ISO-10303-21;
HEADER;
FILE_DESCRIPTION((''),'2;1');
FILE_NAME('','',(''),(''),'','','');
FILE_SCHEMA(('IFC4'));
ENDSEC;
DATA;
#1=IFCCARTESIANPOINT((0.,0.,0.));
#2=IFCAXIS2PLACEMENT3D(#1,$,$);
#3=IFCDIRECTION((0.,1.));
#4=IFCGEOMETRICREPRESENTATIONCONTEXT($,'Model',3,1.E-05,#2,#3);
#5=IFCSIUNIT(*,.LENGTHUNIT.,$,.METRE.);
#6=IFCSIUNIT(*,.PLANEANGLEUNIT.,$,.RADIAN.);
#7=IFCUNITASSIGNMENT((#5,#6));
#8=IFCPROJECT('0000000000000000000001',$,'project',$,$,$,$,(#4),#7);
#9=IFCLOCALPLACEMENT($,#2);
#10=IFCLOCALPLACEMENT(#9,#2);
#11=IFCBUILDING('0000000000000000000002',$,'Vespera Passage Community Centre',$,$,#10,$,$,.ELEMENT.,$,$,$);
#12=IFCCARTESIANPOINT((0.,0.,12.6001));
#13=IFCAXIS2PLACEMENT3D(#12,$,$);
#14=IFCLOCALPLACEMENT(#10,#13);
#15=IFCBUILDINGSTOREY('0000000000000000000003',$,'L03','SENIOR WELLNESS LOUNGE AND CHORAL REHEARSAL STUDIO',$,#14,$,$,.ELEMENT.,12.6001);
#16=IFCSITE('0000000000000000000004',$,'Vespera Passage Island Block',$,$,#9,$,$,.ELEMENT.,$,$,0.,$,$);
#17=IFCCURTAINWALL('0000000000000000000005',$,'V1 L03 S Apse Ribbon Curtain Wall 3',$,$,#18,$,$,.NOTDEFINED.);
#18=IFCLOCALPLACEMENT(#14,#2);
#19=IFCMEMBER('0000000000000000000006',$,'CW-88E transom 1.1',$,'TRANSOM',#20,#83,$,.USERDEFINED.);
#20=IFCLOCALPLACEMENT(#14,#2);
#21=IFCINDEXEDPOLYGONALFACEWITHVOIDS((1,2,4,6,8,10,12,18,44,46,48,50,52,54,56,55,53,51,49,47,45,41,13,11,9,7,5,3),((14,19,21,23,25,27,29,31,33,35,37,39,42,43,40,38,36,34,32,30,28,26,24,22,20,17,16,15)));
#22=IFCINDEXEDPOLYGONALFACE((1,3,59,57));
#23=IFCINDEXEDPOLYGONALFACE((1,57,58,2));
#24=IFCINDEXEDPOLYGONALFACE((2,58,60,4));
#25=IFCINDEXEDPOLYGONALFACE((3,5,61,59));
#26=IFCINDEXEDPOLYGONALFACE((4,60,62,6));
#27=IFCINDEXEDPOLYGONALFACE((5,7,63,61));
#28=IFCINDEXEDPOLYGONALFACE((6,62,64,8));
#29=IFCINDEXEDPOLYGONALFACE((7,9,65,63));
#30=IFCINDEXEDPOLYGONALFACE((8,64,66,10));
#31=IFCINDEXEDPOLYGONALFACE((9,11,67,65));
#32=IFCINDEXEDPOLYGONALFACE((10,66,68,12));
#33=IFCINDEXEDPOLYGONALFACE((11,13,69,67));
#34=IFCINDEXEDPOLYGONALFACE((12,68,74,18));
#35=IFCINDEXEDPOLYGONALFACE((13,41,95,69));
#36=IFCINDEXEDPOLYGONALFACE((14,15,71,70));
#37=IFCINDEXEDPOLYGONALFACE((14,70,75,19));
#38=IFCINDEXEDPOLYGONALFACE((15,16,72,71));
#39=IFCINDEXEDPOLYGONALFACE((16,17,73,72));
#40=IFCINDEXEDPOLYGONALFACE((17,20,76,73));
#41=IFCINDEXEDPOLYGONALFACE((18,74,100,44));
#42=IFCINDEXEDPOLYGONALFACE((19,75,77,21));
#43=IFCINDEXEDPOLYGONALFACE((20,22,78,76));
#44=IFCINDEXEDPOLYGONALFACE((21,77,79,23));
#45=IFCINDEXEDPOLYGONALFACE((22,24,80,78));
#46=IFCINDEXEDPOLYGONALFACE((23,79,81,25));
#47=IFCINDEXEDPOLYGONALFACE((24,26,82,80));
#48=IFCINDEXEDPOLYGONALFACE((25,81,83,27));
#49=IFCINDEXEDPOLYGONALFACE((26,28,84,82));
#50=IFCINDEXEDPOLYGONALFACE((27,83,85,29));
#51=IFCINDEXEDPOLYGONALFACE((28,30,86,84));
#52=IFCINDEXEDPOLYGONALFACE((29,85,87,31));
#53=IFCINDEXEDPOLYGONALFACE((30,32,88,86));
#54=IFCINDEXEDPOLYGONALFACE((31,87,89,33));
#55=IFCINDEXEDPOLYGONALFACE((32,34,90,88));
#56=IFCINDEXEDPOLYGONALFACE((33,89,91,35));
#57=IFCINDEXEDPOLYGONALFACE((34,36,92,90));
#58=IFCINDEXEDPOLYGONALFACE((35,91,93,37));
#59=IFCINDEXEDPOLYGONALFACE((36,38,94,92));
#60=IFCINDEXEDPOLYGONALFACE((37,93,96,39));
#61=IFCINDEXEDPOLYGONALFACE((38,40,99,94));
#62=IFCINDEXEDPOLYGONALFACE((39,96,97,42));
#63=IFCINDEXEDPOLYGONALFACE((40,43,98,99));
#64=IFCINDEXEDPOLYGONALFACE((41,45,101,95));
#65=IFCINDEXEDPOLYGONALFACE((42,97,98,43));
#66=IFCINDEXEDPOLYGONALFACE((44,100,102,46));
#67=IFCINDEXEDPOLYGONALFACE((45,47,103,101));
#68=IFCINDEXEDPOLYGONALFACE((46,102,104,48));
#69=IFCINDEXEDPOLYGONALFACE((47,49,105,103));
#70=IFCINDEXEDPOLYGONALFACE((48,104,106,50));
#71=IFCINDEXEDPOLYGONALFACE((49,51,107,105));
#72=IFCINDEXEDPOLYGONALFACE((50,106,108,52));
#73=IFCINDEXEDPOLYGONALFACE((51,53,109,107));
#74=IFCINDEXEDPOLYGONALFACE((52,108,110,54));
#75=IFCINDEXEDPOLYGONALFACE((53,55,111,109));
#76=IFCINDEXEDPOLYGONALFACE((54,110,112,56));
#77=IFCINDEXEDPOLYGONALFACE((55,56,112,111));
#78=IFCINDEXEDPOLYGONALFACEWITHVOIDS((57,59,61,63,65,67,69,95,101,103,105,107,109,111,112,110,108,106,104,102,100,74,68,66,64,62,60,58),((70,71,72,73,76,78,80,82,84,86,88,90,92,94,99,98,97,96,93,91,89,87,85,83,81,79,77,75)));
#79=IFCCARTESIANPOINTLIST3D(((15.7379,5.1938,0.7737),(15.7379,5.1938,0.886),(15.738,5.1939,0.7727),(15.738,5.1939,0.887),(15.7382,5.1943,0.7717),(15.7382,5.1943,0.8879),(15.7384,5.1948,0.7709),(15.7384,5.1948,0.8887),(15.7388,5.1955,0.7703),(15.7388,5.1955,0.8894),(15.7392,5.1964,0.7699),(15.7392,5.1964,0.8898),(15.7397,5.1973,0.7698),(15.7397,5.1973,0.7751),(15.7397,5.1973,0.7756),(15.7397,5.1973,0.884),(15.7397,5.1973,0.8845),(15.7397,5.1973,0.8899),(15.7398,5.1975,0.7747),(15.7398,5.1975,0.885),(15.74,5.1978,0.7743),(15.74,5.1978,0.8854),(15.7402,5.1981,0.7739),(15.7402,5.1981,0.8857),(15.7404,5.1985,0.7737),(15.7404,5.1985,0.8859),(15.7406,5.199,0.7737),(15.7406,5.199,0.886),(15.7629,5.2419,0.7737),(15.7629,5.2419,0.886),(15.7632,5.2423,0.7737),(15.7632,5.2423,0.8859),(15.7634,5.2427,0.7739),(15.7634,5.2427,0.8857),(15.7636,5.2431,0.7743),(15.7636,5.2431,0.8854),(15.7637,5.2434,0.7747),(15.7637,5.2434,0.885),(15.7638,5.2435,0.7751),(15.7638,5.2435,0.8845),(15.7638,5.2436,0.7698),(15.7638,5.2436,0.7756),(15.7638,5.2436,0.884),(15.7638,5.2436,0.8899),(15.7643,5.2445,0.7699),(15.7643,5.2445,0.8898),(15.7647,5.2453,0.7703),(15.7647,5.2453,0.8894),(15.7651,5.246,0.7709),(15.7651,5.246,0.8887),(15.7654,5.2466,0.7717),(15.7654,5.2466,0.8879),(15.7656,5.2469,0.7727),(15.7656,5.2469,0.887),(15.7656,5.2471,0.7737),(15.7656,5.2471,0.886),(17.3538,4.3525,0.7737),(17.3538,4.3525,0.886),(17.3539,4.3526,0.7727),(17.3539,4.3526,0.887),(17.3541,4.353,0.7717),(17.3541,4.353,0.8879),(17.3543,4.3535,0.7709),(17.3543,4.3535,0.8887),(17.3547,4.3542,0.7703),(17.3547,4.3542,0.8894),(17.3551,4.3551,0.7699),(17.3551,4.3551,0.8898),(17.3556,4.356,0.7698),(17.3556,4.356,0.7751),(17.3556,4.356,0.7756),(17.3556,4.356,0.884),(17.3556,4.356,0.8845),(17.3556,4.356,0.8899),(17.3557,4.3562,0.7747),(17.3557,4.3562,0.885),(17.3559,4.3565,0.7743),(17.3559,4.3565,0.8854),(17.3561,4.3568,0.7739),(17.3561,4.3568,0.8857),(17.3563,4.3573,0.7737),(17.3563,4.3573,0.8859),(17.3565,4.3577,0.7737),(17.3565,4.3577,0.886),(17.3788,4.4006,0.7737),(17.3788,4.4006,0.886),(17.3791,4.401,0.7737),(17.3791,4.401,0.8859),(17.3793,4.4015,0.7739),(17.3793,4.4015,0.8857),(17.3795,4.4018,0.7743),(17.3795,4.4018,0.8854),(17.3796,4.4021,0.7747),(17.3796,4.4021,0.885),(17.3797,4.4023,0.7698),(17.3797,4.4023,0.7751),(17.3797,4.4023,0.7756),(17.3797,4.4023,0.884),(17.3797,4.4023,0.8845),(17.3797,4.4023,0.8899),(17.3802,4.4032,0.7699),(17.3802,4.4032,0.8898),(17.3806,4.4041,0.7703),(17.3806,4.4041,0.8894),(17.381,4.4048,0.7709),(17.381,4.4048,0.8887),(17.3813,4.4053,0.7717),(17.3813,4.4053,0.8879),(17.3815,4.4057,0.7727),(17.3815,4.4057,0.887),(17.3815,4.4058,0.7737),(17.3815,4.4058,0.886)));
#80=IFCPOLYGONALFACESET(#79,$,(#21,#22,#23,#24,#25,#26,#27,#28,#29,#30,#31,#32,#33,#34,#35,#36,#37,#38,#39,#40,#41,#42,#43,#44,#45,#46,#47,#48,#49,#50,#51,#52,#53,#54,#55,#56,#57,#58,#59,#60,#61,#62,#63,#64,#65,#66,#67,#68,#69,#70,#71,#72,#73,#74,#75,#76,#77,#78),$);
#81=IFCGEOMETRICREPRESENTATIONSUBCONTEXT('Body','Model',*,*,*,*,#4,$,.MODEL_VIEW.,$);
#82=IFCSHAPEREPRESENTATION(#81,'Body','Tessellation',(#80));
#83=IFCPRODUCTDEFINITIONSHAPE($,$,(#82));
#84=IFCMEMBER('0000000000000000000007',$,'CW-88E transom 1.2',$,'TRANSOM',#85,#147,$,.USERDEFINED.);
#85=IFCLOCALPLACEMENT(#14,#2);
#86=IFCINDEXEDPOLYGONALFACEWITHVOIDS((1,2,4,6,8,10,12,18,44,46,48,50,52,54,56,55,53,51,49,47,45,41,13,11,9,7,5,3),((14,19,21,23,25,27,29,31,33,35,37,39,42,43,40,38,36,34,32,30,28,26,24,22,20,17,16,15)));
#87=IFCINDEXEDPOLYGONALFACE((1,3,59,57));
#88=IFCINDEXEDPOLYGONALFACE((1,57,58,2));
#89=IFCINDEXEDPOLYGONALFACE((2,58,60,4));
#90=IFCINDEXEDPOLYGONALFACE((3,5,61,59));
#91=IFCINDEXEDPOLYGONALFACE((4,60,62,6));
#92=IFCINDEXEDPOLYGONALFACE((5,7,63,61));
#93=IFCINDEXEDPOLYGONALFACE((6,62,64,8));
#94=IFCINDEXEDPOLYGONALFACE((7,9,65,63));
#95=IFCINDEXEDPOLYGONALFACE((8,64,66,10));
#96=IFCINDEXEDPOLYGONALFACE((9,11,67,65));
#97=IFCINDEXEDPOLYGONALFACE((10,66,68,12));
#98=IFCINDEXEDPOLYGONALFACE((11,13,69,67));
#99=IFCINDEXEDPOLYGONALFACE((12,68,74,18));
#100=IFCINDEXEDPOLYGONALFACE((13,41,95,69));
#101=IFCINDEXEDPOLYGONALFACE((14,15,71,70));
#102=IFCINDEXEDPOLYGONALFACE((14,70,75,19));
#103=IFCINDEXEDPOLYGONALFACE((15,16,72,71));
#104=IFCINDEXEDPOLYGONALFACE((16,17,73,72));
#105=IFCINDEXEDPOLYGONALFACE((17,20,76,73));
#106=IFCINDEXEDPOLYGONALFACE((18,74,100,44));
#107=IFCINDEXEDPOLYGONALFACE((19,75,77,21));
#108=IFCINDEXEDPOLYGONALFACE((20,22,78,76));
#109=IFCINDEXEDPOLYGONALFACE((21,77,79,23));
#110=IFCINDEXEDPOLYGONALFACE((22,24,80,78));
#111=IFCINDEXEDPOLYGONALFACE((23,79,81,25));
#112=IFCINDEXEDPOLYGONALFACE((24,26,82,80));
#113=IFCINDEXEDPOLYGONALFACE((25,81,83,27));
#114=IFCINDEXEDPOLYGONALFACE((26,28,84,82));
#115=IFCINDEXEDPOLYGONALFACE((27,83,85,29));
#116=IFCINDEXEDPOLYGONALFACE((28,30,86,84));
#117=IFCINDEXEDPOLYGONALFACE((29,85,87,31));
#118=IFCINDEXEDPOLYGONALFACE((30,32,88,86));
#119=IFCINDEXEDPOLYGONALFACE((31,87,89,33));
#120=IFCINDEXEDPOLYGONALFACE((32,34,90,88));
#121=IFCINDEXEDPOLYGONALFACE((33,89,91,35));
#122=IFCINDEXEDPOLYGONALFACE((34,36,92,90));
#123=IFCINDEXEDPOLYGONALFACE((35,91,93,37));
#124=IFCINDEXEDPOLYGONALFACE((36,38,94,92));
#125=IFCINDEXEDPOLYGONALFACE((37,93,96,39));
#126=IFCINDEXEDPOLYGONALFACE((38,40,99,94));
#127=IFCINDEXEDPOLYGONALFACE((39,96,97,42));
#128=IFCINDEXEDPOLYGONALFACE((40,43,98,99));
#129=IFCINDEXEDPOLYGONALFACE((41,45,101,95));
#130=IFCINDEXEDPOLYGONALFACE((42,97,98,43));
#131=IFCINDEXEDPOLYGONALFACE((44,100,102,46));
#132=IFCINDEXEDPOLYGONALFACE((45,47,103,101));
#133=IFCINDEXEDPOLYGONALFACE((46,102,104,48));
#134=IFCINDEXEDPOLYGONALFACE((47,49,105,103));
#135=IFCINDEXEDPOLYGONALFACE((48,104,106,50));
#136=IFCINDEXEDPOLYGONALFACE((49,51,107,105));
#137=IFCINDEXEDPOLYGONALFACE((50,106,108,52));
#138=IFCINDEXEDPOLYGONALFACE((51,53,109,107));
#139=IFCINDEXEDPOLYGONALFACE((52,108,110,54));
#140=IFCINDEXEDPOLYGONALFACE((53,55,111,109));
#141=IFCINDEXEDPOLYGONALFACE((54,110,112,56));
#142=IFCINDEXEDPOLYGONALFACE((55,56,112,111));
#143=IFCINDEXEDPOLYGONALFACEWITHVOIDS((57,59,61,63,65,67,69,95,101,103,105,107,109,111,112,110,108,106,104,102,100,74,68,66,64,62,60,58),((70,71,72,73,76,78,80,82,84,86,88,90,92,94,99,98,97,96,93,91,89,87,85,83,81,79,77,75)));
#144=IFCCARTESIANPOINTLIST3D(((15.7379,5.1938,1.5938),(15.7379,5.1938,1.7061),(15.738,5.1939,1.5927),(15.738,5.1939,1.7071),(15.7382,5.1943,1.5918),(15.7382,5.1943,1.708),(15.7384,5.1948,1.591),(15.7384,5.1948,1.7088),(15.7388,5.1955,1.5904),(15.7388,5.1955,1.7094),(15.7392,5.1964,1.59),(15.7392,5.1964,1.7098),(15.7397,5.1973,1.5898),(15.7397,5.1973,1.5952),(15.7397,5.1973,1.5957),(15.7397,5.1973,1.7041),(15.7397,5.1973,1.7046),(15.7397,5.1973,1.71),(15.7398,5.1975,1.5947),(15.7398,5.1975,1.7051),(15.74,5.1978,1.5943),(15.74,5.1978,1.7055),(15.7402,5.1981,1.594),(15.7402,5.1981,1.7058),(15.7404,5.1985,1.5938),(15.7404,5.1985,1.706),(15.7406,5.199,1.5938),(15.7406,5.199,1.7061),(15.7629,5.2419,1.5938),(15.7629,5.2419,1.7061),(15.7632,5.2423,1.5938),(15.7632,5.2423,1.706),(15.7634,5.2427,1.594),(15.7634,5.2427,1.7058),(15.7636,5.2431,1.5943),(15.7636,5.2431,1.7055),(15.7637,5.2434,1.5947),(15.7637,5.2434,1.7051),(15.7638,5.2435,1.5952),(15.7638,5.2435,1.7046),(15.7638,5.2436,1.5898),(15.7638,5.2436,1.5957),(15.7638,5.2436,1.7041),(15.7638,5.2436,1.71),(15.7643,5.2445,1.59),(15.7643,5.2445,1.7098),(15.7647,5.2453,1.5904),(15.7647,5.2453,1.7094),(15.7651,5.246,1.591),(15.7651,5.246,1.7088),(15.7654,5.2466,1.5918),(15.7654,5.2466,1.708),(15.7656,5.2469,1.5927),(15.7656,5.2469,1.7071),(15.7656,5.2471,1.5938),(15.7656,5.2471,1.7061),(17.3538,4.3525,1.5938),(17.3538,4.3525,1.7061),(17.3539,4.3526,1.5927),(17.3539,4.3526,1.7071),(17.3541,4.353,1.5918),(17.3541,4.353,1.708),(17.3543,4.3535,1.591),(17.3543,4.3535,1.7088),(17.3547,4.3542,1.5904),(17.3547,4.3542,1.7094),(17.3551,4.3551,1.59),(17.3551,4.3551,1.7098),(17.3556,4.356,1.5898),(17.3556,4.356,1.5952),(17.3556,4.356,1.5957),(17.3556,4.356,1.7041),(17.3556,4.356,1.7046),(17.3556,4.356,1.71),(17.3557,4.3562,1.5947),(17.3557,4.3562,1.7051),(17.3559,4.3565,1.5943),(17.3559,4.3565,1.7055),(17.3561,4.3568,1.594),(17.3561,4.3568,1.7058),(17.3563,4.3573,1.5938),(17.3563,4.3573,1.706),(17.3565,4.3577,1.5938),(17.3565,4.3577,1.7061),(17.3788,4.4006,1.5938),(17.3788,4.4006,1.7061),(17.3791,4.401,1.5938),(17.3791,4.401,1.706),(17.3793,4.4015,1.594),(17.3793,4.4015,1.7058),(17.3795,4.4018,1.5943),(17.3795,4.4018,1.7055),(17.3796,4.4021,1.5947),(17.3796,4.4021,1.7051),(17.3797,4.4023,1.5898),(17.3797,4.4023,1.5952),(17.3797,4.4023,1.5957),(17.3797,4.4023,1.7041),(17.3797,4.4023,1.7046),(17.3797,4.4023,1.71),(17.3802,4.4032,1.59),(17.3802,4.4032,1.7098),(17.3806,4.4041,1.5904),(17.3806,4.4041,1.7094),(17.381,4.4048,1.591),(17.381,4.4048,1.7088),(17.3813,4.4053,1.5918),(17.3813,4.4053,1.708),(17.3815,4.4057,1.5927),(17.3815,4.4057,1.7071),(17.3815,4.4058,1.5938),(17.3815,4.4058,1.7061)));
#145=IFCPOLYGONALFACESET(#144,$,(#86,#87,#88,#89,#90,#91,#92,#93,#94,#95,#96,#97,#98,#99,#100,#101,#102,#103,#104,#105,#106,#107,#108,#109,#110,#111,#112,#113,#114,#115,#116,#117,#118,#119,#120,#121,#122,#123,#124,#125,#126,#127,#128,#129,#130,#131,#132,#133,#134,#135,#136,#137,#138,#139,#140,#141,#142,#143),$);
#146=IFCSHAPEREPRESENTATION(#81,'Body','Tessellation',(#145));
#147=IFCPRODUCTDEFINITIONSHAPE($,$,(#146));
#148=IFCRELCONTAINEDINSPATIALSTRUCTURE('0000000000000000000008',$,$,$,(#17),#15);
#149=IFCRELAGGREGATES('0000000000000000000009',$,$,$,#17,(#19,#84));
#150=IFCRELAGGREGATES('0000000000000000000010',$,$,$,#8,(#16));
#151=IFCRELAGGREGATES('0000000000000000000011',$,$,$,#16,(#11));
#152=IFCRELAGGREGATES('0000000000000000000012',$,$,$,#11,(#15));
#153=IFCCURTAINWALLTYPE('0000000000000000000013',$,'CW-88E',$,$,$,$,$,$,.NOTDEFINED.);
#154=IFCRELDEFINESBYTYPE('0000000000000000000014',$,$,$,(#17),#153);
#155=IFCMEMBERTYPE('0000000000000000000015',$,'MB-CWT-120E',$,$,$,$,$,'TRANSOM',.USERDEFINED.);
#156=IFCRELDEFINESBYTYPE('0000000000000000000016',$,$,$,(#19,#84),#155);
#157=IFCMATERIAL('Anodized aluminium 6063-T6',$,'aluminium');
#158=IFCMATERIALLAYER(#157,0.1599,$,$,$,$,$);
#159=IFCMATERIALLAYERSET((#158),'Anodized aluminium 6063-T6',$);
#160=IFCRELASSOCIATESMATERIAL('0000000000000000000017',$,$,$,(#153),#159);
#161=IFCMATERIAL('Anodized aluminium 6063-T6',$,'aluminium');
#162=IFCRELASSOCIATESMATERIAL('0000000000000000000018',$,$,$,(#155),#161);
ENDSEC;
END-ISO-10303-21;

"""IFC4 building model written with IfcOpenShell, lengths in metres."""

from ifc_helpers import new_model, si_unit, direction, frame, origin, origin_2d, place, context, subcontext, project, spatial, hollow_rectangle, extrude, material, layer, layer_set, material_profile, profile_set, type_object, element, aggregate, save


model = new_model("IFC4")

# Units and contexts
model_context = context("Model", 3, precision=1e-05, world=origin(), true_north=direction((0.0, 1.0)))
body_context = subcontext(model_context, "Body", "Model", "MODEL_VIEW")
ifc_project = project(units=[si_unit("LENGTHUNIT", "METRE"), si_unit("PLANEANGLEUNIT", "RADIAN")], contexts=[model_context])

# Site, building, storey
site_placement = place(None, origin())
site = spatial("IfcSite", under=ifc_project, at=site_placement, Name="Vespera Passage Island Block", CompositionType="ELEMENT", RefElevation=0.0)
building_placement = place(site_placement, origin())
building = spatial("IfcBuilding", under=site, at=building_placement, Name="Vespera Passage Community Centre", CompositionType="ELEMENT")
storey_placement = place(building_placement, frame((0.0, 0.0, 12.6001)))
storey = spatial("IfcBuildingStorey", under=building, at=storey_placement, Name="L03", Description="SENIOR WELLNESS LOUNGE AND CHORAL REHEARSAL STUDIO", CompositionType="ELEMENT", Elevation=12.6001)

# Curtain wall
ifc_material_1 = material(Name="Anodized aluminium 6063-T6", Category="aluminium")
ifc_layer_1 = layer(ifc_material_1, 0.1599)
ifc_layer_set_1 = layer_set([ifc_layer_1], Name="Anodized aluminium 6063-T6")
curtain_wall_type = type_object("IfcCurtainWallType", Name="CW-88E", PredefinedType="NOTDEFINED", material=ifc_layer_set_1)
curtain_wall_1_placement = place(storey_placement, origin())
curtain_wall_1 = element("IfcCurtainWall", 1, at=curtain_wall_1_placement, inside=storey, type_object=curtain_wall_type, Name="V1 L03 S Apse Ribbon Curtain Wall 3", PredefinedType="NOTDEFINED")

# Members
ifc_material_2 = material(Name="Anodized aluminium 6063-T6", Category="aluminium")
ifc_material_profile_1 = material_profile(ifc_material_2, hollow_rectangle(XDim=0.0601, YDim=0.1201, WallThickness=0.0039, InnerFilletRadius=0.002, OuterFilletRadius=0.0039, at=origin_2d()), Name="ALU120X60X4")
ifc_profile_set_1 = profile_set([ifc_material_profile_1], Name="Anodized aluminium 6063-T6")
member_type_1 = type_object("IfcMemberType", Name="MB-CWT-120E", ElementType="TRANSOM", PredefinedType="USERDEFINED", material=ifc_profile_set_1)
member_1_placement = place(storey_placement, frame((17.3677, 4.3792, 0.8298), z_axis=(-0.886991, 0.461787, 0.0), x_axis=(-0.461787, -0.886991, 0.0)))
member_1 = element("IfcMember", 2, at=member_1_placement, type_object=member_type_1, Name="CW-88E transom 1.1", ObjectType="TRANSOM", PredefinedType="USERDEFINED", context=body_context, shape_type="SweptSolid", body=[
    extrude(hollow_rectangle(XDim=0.0601, YDim=0.1201, WallThickness=0.0039, InnerFilletRadius=0.002, OuterFilletRadius=0.0039, at=origin_2d()), origin(), (0.0, 0.0, 1.0), 1.8218),
])
member_2_placement = place(storey_placement, frame((17.3677, 4.3792, 1.6499), z_axis=(-0.886991, 0.461787, 0.0), x_axis=(-0.461787, -0.886991, 0.0)))
member_2 = element("IfcMember", 3, at=member_2_placement, type_object=member_type_1, Name="CW-88E transom 1.2", ObjectType="TRANSOM", PredefinedType="USERDEFINED", context=body_context, shape_type="SweptSolid", body=[
    extrude(hollow_rectangle(XDim=0.0601, YDim=0.1201, WallThickness=0.0039, InnerFilletRadius=0.002, OuterFilletRadius=0.0039, at=origin_2d()), origin(), (0.0, 0.0, 1.0), 1.8218),
])

aggregate(curtain_wall_1, [member_1, member_2])

save(model, "model.ifc")
